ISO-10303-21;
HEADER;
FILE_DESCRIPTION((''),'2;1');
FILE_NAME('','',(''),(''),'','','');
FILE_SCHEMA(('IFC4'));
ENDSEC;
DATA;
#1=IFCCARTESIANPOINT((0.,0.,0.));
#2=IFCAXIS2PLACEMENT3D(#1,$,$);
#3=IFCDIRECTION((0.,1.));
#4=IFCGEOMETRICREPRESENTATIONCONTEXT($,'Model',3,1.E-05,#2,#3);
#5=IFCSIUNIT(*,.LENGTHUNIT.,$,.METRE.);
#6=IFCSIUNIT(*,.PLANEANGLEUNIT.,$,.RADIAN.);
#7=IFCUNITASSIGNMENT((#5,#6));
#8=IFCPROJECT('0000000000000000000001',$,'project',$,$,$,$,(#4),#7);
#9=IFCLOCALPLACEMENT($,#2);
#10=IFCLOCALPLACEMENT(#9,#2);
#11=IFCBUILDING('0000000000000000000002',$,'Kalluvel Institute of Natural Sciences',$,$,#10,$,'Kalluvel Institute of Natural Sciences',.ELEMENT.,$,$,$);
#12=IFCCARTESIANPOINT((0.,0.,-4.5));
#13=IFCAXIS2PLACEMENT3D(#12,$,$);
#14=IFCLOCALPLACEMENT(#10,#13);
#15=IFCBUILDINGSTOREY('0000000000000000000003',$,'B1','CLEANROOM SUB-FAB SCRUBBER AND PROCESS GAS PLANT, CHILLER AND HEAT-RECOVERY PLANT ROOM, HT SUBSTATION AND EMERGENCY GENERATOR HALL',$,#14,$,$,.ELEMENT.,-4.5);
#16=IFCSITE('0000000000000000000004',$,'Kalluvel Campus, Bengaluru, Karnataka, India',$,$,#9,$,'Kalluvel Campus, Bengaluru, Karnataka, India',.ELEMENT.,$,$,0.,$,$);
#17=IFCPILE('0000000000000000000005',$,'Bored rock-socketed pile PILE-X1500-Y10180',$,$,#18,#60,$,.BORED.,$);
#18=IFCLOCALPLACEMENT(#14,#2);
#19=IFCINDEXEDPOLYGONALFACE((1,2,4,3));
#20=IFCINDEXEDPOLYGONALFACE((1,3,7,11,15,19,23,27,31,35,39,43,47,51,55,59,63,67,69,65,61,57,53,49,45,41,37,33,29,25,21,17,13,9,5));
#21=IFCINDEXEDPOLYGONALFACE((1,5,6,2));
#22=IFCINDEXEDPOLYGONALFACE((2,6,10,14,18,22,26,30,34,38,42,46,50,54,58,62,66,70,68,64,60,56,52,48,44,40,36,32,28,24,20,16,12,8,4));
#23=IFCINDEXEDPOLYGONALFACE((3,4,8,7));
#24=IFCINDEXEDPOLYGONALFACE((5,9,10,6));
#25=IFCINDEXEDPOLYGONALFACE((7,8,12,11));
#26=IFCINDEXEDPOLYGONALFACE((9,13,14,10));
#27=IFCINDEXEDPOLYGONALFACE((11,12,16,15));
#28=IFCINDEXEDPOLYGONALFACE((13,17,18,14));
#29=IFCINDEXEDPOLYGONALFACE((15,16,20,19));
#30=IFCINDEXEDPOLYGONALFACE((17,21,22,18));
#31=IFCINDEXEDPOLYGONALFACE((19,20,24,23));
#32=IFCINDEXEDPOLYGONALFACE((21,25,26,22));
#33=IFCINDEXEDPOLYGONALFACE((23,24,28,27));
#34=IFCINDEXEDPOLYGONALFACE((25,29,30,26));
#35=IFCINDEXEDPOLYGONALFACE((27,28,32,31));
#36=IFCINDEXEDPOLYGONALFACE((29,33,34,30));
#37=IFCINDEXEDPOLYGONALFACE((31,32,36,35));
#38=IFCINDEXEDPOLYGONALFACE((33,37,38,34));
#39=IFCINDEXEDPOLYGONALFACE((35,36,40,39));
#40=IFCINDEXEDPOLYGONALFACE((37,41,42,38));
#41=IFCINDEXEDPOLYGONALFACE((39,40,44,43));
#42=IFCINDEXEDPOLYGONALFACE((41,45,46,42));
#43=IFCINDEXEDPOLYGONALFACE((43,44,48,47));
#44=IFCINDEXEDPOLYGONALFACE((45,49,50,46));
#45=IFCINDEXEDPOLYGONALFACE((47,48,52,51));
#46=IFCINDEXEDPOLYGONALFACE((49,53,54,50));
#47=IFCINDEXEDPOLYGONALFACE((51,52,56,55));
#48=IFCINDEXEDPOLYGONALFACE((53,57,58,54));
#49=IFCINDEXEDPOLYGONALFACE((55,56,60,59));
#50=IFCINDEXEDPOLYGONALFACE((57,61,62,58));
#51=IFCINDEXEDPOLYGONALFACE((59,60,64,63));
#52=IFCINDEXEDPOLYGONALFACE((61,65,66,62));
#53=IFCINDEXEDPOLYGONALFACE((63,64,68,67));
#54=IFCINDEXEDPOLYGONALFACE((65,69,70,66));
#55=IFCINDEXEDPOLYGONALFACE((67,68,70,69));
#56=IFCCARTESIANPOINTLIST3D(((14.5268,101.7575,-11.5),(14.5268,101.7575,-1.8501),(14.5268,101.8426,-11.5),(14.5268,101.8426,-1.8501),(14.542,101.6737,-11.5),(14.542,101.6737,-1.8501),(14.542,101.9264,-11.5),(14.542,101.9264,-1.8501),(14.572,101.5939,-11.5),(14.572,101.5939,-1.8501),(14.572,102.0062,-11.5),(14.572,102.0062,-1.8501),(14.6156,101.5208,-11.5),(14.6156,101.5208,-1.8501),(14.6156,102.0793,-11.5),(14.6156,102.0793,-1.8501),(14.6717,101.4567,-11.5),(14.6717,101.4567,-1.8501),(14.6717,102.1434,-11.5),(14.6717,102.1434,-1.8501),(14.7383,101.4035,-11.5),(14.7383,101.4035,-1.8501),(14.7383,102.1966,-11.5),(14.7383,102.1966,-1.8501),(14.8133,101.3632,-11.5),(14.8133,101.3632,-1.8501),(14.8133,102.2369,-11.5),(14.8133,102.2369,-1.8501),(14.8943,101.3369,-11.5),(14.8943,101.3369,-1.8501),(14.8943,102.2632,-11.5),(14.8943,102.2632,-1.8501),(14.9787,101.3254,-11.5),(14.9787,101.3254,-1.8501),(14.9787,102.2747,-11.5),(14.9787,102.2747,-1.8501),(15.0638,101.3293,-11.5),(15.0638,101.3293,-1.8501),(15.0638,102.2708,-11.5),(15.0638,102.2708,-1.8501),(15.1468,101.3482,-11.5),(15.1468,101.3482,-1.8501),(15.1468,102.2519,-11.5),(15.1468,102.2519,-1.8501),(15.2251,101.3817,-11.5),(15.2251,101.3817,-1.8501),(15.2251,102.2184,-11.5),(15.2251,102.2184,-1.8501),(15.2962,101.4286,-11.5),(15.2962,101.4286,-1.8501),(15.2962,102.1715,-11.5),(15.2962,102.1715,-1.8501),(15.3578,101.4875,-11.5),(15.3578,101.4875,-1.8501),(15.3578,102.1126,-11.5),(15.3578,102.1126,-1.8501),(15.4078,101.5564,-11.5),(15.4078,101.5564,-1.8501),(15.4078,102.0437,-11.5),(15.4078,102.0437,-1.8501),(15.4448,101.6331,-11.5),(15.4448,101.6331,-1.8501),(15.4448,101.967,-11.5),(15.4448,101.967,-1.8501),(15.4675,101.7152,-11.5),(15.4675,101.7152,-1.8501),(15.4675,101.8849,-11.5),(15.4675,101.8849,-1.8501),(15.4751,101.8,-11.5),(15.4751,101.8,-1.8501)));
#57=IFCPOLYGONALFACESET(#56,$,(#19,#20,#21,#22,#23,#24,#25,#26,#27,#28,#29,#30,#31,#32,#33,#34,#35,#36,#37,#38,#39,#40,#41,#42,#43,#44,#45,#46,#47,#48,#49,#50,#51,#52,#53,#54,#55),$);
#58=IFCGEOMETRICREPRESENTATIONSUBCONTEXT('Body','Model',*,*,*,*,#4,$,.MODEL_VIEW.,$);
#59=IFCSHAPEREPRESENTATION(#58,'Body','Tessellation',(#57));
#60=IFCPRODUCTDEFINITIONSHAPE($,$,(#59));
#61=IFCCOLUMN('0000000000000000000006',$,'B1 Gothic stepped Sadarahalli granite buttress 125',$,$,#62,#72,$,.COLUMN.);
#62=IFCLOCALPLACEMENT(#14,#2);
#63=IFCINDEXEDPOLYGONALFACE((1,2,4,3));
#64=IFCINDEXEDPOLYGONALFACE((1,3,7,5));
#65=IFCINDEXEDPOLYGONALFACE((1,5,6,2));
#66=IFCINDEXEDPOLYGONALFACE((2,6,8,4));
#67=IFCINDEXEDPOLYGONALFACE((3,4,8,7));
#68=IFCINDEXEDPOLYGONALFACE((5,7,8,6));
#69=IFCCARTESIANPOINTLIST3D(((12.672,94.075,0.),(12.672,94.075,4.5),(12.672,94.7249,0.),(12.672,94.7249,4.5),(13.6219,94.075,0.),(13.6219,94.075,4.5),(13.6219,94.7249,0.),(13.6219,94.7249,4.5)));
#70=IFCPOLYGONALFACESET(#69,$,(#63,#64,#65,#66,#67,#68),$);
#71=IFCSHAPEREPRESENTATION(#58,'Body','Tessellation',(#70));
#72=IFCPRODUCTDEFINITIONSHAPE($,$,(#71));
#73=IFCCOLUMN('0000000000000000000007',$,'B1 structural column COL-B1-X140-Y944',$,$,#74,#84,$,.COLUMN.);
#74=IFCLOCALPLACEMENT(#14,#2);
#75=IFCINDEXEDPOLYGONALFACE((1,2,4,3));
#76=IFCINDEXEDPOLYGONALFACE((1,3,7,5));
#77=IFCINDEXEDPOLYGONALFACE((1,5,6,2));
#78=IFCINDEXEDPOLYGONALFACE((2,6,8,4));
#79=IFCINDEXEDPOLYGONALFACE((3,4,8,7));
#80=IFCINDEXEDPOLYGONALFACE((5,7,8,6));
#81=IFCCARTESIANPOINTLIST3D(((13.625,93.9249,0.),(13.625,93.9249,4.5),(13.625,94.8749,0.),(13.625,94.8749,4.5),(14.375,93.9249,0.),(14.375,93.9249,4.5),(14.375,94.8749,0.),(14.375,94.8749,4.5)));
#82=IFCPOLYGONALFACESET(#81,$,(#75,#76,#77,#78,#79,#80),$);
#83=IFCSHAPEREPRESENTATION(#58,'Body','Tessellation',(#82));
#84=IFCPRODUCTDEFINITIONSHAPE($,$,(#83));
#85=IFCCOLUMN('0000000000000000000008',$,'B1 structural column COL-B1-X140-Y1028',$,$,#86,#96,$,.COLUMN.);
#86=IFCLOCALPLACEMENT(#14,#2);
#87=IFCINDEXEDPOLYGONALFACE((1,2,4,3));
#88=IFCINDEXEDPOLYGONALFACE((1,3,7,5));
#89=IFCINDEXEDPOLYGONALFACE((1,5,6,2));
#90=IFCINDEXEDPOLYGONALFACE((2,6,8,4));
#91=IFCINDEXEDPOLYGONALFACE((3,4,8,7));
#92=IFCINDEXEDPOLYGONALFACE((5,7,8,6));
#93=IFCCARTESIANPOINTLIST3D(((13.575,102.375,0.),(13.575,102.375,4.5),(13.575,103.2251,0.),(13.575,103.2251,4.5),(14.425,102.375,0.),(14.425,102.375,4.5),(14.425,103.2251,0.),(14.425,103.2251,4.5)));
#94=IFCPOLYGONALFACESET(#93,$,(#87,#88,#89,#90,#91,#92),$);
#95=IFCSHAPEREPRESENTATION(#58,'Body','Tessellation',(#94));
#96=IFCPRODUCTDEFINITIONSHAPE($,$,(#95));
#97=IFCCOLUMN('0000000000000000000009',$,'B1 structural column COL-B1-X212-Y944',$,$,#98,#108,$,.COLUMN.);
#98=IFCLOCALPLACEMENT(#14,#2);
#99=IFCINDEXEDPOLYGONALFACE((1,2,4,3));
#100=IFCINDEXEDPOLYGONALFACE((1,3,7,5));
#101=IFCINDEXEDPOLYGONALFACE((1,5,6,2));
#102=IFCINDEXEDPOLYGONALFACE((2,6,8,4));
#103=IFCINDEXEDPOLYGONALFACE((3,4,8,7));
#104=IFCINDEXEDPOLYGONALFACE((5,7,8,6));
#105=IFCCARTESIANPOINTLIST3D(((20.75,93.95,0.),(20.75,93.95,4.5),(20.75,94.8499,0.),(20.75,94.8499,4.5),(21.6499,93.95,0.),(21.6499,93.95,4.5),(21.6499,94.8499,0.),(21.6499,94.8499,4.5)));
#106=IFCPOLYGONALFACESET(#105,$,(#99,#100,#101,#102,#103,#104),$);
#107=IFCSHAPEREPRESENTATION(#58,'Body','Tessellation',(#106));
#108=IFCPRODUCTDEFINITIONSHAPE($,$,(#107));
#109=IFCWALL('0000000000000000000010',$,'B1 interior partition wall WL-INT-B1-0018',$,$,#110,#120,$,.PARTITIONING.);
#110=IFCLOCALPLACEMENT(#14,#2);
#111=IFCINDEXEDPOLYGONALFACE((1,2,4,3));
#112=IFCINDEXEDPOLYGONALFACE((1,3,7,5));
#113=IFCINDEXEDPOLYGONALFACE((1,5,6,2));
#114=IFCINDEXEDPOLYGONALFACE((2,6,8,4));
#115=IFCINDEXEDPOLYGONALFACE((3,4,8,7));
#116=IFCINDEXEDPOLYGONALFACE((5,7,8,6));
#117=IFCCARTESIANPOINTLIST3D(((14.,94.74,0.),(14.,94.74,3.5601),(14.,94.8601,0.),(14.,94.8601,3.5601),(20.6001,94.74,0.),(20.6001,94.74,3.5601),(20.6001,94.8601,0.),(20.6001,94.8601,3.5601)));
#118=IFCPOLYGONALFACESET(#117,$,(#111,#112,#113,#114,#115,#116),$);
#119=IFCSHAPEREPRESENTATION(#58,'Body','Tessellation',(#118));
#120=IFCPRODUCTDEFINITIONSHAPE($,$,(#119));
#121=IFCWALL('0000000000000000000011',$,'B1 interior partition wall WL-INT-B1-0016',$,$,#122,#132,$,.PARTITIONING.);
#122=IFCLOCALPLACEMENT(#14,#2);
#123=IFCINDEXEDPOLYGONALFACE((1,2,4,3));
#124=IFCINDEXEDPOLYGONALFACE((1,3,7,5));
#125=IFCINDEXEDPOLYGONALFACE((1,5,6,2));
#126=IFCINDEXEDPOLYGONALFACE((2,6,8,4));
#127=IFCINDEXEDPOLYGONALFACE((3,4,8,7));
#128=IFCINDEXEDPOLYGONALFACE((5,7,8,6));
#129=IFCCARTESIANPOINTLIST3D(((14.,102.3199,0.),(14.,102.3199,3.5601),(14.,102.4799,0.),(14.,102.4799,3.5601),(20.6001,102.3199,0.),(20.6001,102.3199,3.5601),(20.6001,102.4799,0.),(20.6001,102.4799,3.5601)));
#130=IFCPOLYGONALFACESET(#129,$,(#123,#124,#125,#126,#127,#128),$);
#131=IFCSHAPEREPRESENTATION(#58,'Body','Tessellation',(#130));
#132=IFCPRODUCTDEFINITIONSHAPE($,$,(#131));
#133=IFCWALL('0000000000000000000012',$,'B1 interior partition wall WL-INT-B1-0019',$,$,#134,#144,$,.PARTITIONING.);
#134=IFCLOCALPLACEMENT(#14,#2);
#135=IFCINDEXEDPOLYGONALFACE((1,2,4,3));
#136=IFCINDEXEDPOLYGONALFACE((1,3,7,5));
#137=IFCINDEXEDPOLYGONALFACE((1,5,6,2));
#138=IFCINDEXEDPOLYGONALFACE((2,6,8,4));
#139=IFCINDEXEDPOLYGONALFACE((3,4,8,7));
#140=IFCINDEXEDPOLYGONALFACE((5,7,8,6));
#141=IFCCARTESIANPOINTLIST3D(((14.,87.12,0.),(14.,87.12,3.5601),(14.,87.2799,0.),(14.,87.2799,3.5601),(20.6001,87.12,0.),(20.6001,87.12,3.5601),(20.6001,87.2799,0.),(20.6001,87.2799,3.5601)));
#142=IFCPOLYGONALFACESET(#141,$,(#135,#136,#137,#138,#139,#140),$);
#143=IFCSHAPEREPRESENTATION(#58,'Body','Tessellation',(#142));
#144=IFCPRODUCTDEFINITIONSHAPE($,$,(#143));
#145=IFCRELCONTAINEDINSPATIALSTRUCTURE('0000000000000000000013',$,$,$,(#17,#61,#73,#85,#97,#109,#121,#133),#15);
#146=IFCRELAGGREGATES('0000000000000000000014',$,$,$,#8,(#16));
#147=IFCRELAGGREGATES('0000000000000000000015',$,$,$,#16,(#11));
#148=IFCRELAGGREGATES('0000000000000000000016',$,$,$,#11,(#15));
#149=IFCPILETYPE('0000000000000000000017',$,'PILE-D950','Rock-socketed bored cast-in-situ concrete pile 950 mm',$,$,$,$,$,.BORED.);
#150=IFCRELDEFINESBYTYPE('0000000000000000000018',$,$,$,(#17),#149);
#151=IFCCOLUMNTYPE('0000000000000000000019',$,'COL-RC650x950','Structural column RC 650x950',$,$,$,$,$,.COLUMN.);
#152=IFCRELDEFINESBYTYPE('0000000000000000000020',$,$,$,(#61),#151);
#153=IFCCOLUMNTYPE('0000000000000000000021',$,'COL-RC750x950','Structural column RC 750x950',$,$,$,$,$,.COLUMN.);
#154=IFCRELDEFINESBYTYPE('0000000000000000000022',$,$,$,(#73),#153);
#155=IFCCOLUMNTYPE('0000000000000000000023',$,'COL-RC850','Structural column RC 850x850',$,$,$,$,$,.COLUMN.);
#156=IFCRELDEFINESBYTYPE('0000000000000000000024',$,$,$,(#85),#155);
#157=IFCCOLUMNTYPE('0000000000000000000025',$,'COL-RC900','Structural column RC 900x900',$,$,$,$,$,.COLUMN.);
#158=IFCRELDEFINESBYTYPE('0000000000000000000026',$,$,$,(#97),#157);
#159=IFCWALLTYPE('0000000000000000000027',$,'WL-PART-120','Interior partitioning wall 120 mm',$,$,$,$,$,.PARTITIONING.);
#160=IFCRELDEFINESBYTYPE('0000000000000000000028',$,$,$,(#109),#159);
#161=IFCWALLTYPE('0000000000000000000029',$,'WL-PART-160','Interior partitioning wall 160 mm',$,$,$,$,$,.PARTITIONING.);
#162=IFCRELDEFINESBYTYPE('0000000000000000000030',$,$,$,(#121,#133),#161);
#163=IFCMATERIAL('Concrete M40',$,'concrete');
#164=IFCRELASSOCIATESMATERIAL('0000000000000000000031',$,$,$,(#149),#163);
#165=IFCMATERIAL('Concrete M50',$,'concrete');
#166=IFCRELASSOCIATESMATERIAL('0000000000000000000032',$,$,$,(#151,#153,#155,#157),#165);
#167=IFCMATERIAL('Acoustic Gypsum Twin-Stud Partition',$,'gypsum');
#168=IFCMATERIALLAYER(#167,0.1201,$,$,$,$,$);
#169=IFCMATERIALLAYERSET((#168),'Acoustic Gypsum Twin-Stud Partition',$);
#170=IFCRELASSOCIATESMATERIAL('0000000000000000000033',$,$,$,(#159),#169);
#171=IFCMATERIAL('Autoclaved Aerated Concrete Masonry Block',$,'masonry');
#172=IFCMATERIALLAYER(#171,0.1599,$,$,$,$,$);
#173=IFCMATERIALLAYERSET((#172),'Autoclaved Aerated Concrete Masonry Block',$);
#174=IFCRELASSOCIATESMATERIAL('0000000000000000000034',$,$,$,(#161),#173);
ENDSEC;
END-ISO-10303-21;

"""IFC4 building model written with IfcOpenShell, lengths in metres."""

from ifc_helpers import new_model, si_unit, direction, frame, frame_2d, origin, origin_2d, place, context, subcontext, project, spatial, rectangle, circle, extrude, material, layer, layer_set, material_profile, profile_set, type_object, element, save


model = new_model("IFC4")

# Units and contexts
model_context = context("Model", 3, precision=1e-05, world=origin(), true_north=direction((0.0, 1.0)))
body_context = subcontext(model_context, "Body", "Model", "MODEL_VIEW")
ifc_project = project(units=[si_unit("LENGTHUNIT", "METRE"), si_unit("PLANEANGLEUNIT", "RADIAN")], contexts=[model_context])

# Site, building, storey
site_placement = place(None, origin())
site = spatial("IfcSite", under=ifc_project, at=site_placement, Name="Kalluvel Campus, Bengaluru, Karnataka, India", LongName="Kalluvel Campus, Bengaluru, Karnataka, India", CompositionType="ELEMENT", RefElevation=0.0)
building_placement = place(site_placement, origin())
building = spatial("IfcBuilding", under=site, at=building_placement, Name="Kalluvel Institute of Natural Sciences", LongName="Kalluvel Institute of Natural Sciences", CompositionType="ELEMENT")
storey_placement = place(building_placement, frame((0.0, 0.0, -4.5)))
storey = spatial("IfcBuildingStorey", under=building, at=storey_placement, Name="B1", Description="CLEANROOM SUB-FAB SCRUBBER AND PROCESS GAS PLANT, CHILLER AND HEAT-RECOVERY PLANT ROOM, HT SUBSTATION AND EMERGENCY GENERATOR HALL", CompositionType="ELEMENT", Elevation=-4.5)

# Shared definitions
ifc_material_1 = material(Name="Concrete M40", Category="concrete")

# Pile
ifc_material_profile_1 = material_profile(ifc_material_1, circle(Radius=0.4751, at=origin_2d()), Name="PILE D950")
ifc_profile_set_1 = profile_set([ifc_material_profile_1], Name="Concrete M40")
pile_type_1 = type_object("IfcPileType", Name="PILE-D950", Description="Rock-socketed bored cast-in-situ concrete pile 950 mm", PredefinedType="BORED", material=ifc_profile_set_1)
for number, where, z_axis, x_axis, name in (
    (1, (15.0, 101.8, -1.8501), (0.0, 0.0, -1.0), (1.0, 0.0, 0.0), "Bored rock-socketed pile PILE-X1500-Y10180"),
):
    element("IfcPile", number, at=place(storey_placement, frame(where, z_axis=z_axis, x_axis=x_axis)), inside=storey, type_object=pile_type_1, Name=name, PredefinedType="BORED", context=body_context, shape_type="SweptSolid", body=[
        extrude(circle(Radius=0.4751, at=origin_2d()), origin(), (0.0, 0.0, 1.0), 9.6499),
    ])

# Columns
ifc_material_2 = material(Name="Concrete M50", Category="concrete")
ifc_material_profile_2 = material_profile(ifc_material_2, rectangle(XDim=0.6499, YDim=0.95, at=origin_2d()), Name="RC 650x950")
ifc_profile_set_2 = profile_set([ifc_material_profile_2], Name="Concrete M50")
column_type_1 = type_object("IfcColumnType", Name="COL-RC650x950", Description="Structural column RC 650x950", PredefinedType="COLUMN", material=ifc_profile_set_2)
column_1_placement = place(storey_placement, frame((13.147, 94.3999, 0.0), z_axis=(0.0, 0.0, 1.0), x_axis=(0.0, 1.0, 0.0)))
element("IfcColumn", 2, at=column_1_placement, inside=storey, type_object=column_type_1, Name="B1 Gothic stepped Sadarahalli granite buttress 125", PredefinedType="COLUMN", context=body_context, shape_type="SweptSolid", body=[
    extrude(rectangle(XDim=0.6499, YDim=0.95, at=origin_2d()), origin(), (0.0, 0.0, 1.0), 4.5),
])
ifc_material_profile_3 = material_profile(ifc_material_2, rectangle(XDim=0.75, YDim=0.95, at=origin_2d()), Name="RC 750x950")
ifc_profile_set_3 = profile_set([ifc_material_profile_3], Name="Concrete M50")
column_type_2 = type_object("IfcColumnType", Name="COL-RC750x950", Description="Structural column RC 750x950", PredefinedType="COLUMN", material=ifc_profile_set_3)
column_2_placement = place(storey_placement, frame((14.0, 94.3999, 0.0), z_axis=(0.0, 0.0, 1.0), x_axis=(1.0, 0.0, 0.0)))
element("IfcColumn", 3, at=column_2_placement, inside=storey, type_object=column_type_2, Name="B1 structural column COL-B1-X140-Y944", PredefinedType="COLUMN", context=body_context, shape_type="SweptSolid", body=[
    extrude(rectangle(XDim=0.75, YDim=0.95, at=origin_2d()), origin(), (0.0, 0.0, 1.0), 4.5),
])
ifc_material_profile_4 = material_profile(ifc_material_2, rectangle(XDim=0.8501, YDim=0.8501, at=origin_2d()), Name="RC 850x850")
ifc_profile_set_4 = profile_set([ifc_material_profile_4], Name="Concrete M50")
column_type_3 = type_object("IfcColumnType", Name="COL-RC850", Description="Structural column RC 850x850", PredefinedType="COLUMN", material=ifc_profile_set_4)
column_3_placement = place(storey_placement, frame((14.0, 102.8, 0.0), z_axis=(0.0, 0.0, 1.0), x_axis=(1.0, 0.0, 0.0)))
element("IfcColumn", 4, at=column_3_placement, inside=storey, type_object=column_type_3, Name="B1 structural column COL-B1-X140-Y1028", PredefinedType="COLUMN", context=body_context, shape_type="SweptSolid", body=[
    extrude(rectangle(XDim=0.8501, YDim=0.8501, at=origin_2d()), origin(), (0.0, 0.0, 1.0), 4.5),
])
ifc_material_profile_5 = material_profile(ifc_material_2, rectangle(XDim=0.8999, YDim=0.8999, at=origin_2d()), Name="RC 900x900")
ifc_profile_set_5 = profile_set([ifc_material_profile_5], Name="Concrete M50")
column_type_4 = type_object("IfcColumnType", Name="COL-RC900", Description="Structural column RC 900x900", PredefinedType="COLUMN", material=ifc_profile_set_5)
column_4_placement = place(storey_placement, frame((21.2, 94.3999, 0.0), z_axis=(0.0, 0.0, 1.0), x_axis=(1.0, 0.0, 0.0)))
element("IfcColumn", 5, at=column_4_placement, inside=storey, type_object=column_type_4, Name="B1 structural column COL-B1-X212-Y944", PredefinedType="COLUMN", context=body_context, shape_type="SweptSolid", body=[
    extrude(rectangle(XDim=0.8999, YDim=0.8999, at=origin_2d()), origin(), (0.0, 0.0, 1.0), 4.5),
])

# Walls
ifc_material_3 = material(Name="Acoustic Gypsum Twin-Stud Partition", Category="gypsum")
ifc_layer_1 = layer(ifc_material_3, 0.1201)
ifc_layer_set_1 = layer_set([ifc_layer_1], Name="Acoustic Gypsum Twin-Stud Partition")
wall_type_1 = type_object("IfcWallType", Name="WL-PART-120", Description="Interior partitioning wall 120 mm", PredefinedType="PARTITIONING", material=ifc_layer_set_1)
wall_placement = place(storey_placement, frame((14.0, 94.8, 0.0), z_axis=(0.0, 0.0, 1.0), x_axis=(1.0, 0.0, 0.0)))
element("IfcWall", 6, at=wall_placement, inside=storey, type_object=wall_type_1, Name="B1 interior partition wall WL-INT-B1-0018", PredefinedType="PARTITIONING", context=body_context, shape_type="SweptSolid", body=[
    extrude(rectangle(XDim=6.6001, YDim=0.1201, at=frame_2d((3.3, 0.0))), origin(), (0.0, 0.0, 1.0), 3.5601),
])
ifc_material_4 = material(Name="Autoclaved Aerated Concrete Masonry Block", Category="masonry")
ifc_layer_2 = layer(ifc_material_4, 0.1599)
ifc_layer_set_2 = layer_set([ifc_layer_2], Name="Autoclaved Aerated Concrete Masonry Block")
wall_type_2 = type_object("IfcWallType", Name="WL-PART-160", Description="Interior partitioning wall 160 mm", PredefinedType="PARTITIONING", material=ifc_layer_set_2)
for number, where, z_axis, x_axis, name in (
    (7, (14.0, 102.3999, 0.0), (0.0, 0.0, 1.0), (1.0, 0.0, 0.0), "B1 interior partition wall WL-INT-B1-0016"),
    (8, (14.0, 87.2, 0.0), (0.0, 0.0, 1.0), (1.0, 0.0, 0.0), "B1 interior partition wall WL-INT-B1-0019"),
):
    element("IfcWall", number, at=place(storey_placement, frame(where, z_axis=z_axis, x_axis=x_axis)), inside=storey, type_object=wall_type_2, Name=name, PredefinedType="PARTITIONING", context=body_context, shape_type="SweptSolid", body=[
        extrude(rectangle(XDim=6.6001, YDim=0.1599, at=frame_2d((3.3, 0.0))), origin(), (0.0, 0.0, 1.0), 3.5601),
    ])

save(model, "model.ifc")
